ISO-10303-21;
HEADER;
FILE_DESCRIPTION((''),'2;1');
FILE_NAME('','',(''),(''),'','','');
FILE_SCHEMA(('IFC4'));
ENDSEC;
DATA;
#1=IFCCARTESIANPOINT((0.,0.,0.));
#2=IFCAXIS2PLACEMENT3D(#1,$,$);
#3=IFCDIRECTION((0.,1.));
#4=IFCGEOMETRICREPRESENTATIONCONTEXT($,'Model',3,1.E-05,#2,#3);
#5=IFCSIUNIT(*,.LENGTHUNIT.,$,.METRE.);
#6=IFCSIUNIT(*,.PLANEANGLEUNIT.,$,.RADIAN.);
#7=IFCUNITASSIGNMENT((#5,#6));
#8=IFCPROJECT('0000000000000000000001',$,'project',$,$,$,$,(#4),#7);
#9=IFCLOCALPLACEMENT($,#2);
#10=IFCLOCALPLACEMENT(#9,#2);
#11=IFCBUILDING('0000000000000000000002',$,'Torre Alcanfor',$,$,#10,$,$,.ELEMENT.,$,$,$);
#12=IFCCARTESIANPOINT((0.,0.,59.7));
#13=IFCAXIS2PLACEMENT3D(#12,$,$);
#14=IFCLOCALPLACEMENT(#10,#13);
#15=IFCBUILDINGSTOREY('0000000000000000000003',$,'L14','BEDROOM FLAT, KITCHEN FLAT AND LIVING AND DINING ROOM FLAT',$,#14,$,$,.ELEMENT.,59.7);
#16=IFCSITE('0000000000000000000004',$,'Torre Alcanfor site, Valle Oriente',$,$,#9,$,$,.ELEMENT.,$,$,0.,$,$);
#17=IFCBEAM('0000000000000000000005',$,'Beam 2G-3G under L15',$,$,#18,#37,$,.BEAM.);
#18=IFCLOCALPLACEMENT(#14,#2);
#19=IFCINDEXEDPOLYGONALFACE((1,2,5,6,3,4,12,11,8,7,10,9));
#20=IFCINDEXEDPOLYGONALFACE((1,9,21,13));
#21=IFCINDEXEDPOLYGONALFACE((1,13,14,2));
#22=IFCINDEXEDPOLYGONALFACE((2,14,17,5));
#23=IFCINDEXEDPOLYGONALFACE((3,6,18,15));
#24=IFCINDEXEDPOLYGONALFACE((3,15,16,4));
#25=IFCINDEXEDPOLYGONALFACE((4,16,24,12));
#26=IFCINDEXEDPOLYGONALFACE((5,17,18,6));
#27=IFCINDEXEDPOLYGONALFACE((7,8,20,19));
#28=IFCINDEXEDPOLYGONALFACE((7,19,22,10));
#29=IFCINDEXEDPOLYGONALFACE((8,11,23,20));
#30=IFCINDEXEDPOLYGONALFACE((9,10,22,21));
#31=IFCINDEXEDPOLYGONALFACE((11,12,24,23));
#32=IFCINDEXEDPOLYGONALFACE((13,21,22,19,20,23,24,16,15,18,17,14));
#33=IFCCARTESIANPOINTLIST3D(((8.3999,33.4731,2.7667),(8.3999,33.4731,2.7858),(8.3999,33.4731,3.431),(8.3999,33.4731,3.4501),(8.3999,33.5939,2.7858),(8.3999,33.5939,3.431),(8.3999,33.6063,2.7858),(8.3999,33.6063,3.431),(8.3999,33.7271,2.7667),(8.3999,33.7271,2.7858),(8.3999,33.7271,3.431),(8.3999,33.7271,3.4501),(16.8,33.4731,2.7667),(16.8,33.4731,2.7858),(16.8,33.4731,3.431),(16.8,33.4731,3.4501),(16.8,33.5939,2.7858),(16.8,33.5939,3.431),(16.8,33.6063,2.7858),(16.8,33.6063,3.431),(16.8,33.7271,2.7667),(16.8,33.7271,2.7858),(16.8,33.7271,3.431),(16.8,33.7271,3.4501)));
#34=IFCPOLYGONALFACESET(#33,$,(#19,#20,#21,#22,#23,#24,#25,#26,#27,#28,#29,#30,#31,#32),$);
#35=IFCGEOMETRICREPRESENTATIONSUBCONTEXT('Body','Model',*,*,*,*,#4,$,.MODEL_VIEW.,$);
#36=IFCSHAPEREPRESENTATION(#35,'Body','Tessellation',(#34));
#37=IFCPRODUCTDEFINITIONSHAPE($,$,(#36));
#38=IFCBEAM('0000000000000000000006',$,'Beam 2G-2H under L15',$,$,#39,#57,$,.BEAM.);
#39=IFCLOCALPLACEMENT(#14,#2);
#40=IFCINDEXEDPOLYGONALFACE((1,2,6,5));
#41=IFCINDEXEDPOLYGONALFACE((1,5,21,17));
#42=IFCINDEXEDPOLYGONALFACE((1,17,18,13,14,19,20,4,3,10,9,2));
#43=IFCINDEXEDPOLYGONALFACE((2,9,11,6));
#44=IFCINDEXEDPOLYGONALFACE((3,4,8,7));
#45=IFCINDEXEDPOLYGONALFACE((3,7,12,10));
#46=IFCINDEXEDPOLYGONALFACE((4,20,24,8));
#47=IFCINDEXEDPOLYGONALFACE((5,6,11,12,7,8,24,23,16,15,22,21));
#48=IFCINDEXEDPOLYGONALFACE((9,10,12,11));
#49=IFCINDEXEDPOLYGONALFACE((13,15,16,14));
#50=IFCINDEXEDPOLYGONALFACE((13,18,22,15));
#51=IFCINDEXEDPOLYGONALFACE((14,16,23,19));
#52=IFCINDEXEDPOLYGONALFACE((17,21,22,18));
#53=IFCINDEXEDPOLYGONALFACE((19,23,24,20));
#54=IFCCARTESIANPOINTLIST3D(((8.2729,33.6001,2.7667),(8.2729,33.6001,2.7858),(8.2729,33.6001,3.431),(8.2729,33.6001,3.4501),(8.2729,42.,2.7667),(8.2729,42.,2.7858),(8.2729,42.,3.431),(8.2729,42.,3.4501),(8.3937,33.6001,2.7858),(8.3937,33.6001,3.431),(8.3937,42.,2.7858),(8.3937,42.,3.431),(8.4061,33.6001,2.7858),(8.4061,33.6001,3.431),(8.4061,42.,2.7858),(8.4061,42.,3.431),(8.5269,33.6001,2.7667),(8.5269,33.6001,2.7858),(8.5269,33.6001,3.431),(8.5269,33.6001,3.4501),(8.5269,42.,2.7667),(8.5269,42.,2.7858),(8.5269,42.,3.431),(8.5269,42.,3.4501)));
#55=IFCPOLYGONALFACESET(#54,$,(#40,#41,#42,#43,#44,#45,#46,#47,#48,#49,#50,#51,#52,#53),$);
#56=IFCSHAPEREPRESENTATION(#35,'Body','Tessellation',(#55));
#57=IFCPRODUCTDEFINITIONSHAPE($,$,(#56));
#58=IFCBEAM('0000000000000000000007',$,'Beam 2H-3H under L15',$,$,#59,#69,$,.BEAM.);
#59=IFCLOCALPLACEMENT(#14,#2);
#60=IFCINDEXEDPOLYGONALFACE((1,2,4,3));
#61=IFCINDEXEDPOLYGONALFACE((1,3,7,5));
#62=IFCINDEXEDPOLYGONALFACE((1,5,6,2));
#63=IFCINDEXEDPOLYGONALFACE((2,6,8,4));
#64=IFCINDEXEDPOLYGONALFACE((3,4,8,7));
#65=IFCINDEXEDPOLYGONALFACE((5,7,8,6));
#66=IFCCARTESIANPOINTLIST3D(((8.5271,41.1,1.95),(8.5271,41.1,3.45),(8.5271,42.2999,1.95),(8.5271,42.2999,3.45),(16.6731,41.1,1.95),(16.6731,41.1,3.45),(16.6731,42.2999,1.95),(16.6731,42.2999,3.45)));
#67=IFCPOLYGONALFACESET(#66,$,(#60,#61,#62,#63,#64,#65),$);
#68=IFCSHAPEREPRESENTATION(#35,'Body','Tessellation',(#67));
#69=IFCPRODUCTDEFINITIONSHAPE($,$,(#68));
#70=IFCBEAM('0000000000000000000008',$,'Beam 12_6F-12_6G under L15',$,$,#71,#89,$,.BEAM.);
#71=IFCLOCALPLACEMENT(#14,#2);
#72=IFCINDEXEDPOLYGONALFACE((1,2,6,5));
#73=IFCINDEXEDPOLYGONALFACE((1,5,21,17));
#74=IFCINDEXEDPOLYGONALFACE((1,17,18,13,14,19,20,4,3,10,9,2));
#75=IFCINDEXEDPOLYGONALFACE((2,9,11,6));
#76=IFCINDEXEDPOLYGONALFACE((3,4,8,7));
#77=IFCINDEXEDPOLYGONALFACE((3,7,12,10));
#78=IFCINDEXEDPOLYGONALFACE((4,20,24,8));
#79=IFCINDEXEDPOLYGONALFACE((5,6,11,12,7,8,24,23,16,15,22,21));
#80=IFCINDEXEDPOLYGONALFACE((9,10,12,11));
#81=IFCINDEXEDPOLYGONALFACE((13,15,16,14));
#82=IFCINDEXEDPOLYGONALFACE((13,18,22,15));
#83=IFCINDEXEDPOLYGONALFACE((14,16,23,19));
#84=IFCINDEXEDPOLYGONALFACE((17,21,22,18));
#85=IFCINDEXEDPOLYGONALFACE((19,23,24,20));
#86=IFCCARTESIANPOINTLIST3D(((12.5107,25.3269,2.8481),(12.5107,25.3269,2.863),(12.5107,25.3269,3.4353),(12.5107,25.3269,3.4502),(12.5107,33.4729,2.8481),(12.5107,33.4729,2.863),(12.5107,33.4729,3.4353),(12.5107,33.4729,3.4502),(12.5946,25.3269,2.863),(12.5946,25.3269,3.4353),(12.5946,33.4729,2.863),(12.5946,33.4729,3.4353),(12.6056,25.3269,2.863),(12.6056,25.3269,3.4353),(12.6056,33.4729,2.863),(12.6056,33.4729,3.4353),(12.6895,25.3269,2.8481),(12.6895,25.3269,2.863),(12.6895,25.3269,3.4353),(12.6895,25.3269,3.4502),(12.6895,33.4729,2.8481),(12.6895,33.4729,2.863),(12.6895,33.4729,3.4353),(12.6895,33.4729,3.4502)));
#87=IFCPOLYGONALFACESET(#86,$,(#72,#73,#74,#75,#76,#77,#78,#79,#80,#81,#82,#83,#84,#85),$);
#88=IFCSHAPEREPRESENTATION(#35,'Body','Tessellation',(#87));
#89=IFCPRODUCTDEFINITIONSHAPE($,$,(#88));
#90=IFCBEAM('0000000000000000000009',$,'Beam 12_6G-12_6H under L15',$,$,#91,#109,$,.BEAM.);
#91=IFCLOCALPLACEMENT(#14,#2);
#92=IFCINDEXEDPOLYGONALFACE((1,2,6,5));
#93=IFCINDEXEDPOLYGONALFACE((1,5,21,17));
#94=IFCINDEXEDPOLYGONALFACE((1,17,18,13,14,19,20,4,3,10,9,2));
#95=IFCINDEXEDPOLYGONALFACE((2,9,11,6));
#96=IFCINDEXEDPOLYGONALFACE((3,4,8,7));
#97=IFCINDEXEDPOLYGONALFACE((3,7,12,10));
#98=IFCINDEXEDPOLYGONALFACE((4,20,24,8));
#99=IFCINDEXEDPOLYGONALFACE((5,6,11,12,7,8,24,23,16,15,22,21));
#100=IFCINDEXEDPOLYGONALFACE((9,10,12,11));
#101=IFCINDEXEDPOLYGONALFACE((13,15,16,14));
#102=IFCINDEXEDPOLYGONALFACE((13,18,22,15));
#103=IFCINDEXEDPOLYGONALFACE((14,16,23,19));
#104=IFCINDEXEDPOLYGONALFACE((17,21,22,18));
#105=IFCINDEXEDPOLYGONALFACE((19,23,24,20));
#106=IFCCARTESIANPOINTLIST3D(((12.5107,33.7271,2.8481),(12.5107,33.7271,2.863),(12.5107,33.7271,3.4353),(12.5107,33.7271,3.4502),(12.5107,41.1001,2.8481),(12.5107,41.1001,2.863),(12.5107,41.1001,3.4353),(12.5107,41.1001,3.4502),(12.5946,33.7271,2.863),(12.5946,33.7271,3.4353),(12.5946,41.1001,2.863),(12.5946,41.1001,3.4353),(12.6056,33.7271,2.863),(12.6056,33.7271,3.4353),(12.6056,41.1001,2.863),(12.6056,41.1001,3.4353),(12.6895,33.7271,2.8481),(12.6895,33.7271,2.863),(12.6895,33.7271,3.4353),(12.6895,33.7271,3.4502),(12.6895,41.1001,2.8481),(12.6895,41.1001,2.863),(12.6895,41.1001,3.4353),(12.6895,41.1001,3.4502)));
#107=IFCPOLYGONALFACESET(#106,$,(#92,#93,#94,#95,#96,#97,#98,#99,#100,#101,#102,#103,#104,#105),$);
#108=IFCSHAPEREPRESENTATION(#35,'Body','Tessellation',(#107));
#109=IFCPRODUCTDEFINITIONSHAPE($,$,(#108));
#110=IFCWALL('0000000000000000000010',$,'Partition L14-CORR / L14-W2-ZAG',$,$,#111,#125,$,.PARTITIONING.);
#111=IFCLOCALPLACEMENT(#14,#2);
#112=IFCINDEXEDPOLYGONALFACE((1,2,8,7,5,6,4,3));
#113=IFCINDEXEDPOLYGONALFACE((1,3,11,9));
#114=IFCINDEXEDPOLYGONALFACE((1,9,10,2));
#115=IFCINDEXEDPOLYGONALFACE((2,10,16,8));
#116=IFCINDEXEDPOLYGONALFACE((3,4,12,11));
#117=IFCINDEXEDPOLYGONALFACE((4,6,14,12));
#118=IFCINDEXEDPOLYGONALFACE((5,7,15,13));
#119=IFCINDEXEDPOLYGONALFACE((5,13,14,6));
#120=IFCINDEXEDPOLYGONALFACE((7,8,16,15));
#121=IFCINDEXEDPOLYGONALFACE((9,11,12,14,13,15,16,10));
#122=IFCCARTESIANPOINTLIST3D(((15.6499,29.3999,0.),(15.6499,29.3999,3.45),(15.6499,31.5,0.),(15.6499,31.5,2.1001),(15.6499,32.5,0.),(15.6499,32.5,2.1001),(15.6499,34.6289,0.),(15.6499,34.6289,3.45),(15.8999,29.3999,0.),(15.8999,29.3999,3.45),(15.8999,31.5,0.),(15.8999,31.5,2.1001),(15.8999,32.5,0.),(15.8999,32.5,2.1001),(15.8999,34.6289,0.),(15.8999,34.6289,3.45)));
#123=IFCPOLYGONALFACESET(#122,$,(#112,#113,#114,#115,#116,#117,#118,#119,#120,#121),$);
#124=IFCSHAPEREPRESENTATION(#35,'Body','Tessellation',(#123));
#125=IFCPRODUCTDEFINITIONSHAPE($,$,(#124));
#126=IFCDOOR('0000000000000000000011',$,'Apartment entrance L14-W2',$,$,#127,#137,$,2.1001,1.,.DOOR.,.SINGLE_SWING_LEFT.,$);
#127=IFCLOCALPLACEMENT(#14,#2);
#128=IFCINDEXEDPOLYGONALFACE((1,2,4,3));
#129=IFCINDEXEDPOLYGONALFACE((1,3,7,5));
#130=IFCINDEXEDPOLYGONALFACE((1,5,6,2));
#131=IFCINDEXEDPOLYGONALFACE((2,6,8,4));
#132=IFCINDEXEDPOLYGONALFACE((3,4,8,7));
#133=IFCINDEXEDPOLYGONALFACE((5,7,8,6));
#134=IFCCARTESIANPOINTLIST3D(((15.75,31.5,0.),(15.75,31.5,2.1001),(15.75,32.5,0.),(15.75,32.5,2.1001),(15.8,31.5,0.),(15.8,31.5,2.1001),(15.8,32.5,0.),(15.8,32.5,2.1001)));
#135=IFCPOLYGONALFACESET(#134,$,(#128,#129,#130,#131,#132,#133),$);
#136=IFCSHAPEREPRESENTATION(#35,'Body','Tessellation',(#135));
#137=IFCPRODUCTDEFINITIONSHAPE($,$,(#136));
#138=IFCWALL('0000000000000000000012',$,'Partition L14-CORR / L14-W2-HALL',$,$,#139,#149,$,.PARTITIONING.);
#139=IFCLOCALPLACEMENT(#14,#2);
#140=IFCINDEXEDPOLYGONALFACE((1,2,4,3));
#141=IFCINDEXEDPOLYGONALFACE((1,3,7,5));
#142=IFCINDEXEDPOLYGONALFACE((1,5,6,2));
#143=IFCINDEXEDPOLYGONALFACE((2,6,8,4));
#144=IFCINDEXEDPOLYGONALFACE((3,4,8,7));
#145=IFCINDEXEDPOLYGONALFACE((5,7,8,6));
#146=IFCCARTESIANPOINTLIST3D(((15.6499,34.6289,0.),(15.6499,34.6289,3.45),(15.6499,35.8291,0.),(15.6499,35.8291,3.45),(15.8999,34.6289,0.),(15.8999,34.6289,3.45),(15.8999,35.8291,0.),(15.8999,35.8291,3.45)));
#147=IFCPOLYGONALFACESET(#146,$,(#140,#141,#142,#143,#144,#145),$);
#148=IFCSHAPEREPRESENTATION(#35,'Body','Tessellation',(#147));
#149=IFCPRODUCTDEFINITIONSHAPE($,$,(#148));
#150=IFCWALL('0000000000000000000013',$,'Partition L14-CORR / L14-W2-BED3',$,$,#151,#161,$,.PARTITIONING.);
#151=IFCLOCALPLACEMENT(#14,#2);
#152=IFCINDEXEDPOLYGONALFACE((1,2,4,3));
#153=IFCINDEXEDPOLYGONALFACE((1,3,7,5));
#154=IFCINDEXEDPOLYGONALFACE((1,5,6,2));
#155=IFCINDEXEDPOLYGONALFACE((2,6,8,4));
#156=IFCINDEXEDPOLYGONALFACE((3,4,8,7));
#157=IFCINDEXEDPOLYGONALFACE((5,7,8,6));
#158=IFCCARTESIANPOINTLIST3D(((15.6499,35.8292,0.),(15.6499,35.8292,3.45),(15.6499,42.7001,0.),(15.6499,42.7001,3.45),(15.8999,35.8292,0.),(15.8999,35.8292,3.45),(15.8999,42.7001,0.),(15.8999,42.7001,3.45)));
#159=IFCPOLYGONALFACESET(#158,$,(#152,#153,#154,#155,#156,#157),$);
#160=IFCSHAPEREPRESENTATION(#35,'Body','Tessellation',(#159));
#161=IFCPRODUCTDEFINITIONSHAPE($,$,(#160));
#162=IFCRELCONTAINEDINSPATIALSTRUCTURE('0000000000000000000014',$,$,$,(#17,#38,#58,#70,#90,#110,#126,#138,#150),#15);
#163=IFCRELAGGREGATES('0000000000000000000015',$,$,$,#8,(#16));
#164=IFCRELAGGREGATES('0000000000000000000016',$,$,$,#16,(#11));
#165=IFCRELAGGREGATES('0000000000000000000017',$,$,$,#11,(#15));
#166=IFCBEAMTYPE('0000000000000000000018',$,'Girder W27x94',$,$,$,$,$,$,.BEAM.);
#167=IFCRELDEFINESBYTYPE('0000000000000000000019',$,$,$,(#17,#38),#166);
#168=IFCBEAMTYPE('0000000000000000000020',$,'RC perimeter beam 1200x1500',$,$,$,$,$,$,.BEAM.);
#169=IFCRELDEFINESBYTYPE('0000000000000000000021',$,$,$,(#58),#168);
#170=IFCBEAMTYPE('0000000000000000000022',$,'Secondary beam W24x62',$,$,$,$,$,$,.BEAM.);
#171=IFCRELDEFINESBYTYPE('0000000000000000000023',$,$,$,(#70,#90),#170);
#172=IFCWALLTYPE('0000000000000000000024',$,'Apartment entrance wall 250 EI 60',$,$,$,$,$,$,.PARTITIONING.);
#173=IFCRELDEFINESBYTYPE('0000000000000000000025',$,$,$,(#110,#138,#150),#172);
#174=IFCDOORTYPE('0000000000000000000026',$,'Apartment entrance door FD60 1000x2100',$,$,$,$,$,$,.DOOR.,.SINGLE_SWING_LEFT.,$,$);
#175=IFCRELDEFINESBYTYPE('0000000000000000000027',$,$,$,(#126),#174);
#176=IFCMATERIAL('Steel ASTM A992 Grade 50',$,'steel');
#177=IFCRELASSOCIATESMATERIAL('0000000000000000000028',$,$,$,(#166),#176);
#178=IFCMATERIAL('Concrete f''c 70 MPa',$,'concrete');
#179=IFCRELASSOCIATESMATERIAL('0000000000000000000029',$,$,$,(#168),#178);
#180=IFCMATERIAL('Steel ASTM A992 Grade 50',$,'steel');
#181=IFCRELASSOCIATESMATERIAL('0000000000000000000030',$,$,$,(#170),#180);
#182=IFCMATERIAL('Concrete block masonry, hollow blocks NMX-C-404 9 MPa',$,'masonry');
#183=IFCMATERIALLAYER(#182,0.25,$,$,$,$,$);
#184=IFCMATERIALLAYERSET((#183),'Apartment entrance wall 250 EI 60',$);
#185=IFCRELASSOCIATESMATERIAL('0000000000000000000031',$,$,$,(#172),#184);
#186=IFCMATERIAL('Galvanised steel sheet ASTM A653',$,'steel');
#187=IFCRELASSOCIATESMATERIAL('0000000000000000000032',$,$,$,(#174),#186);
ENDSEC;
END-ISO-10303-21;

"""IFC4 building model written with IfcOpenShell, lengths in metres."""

from ifc_helpers import new_model, si_unit, direction, frame, frame_2d, origin, origin_2d, place, context, subcontext, project, spatial, rectangle, i_section, extrude, material, layer, layer_set, material_profile, profile_set, type_object, element, fill, save


model = new_model("IFC4")

# Units and contexts
model_context = context("Model", 3, precision=1e-05, world=origin(), true_north=direction((0.0, 1.0)))
body_context = subcontext(model_context, "Body", "Model", "MODEL_VIEW")
ifc_project = project(units=[si_unit("LENGTHUNIT", "METRE"), si_unit("PLANEANGLEUNIT", "RADIAN")], contexts=[model_context])

# Site, building, storey
site_placement = place(None, origin())
site = spatial("IfcSite", under=ifc_project, at=site_placement, Name="Torre Alcanfor site, Valle Oriente", CompositionType="ELEMENT", RefElevation=0.0)
building_placement = place(site_placement, origin())
building = spatial("IfcBuilding", under=site, at=building_placement, Name="Torre Alcanfor", CompositionType="ELEMENT")
storey_placement = place(building_placement, frame((0.0, 0.0, 59.7)))
storey = spatial("IfcBuildingStorey", under=building, at=storey_placement, Name="L14", Description="BEDROOM FLAT, KITCHEN FLAT AND LIVING AND DINING ROOM FLAT", CompositionType="ELEMENT", Elevation=59.7)

# Beams
ifc_material_1 = material(Name="Steel ASTM A992 Grade 50", Category="steel")
ifc_material_profile_1 = material_profile(ifc_material_1, i_section(OverallWidth=0.2539, OverallDepth=0.6833, WebThickness=0.0125, FlangeThickness=0.019, at=origin_2d()), Name="W27x94")
ifc_profile_set_1 = profile_set([ifc_material_profile_1], Name="Steel ASTM A992 Grade 50")
beam_type_1 = type_object("IfcBeamType", Name="Girder W27x94", PredefinedType="BEAM", material=ifc_profile_set_1)
beam_1_placement = place(storey_placement, frame((8.3999, 33.6001, 3.1084), z_axis=(1.0, 0.0, 0.0), x_axis=(0.0, 1.0, 0.0)))
element("IfcBeam", 1, at=beam_1_placement, inside=storey, type_object=beam_type_1, Name="Beam 2G-3G under L15", PredefinedType="BEAM", context=body_context, shape_type="SweptSolid", body=[
    extrude(i_section(OverallWidth=0.2539, OverallDepth=0.6833, WebThickness=0.0125, FlangeThickness=0.019, at=origin_2d()), origin(), (0.0, 0.0, 1.0), 8.4001),
])
beam_2_placement = place(storey_placement, frame((8.3999, 33.6001, 3.1084), z_axis=(0.0, 1.0, 0.0), x_axis=(-1.0, 0.0, 0.0)))
element("IfcBeam", 2, at=beam_2_placement, inside=storey, type_object=beam_type_1, Name="Beam 2G-2H under L15", PredefinedType="BEAM", context=body_context, shape_type="SweptSolid", body=[
    extrude(i_section(OverallWidth=0.2539, OverallDepth=0.6833, WebThickness=0.0125, FlangeThickness=0.019, at=origin_2d()), origin(), (0.0, 0.0, 1.0), 8.3999),
])
ifc_material_2 = material(Name="Concrete f'c 70 MPa", Category="concrete")
ifc_material_profile_2 = material_profile(ifc_material_2, rectangle(XDim=1.2, YDim=1.5, at=origin_2d()), Name="1200x1500")
ifc_profile_set_2 = profile_set([ifc_material_profile_2], Name="Concrete f'c 70 MPa")
beam_type_2 = type_object("IfcBeamType", Name="RC perimeter beam 1200x1500", PredefinedType="BEAM", material=ifc_profile_set_2)
beam_3_placement = place(storey_placement, frame((8.5271, 41.7, 2.7), z_axis=(1.0, 0.0, 0.0), x_axis=(0.0, 1.0, 0.0)))
element("IfcBeam", 3, at=beam_3_placement, inside=storey, type_object=beam_type_2, Name="Beam 2H-3H under L15", PredefinedType="BEAM", context=body_context, shape_type="SweptSolid", body=[
    extrude(rectangle(XDim=1.2, YDim=1.5, at=origin_2d()), origin(), (0.0, 0.0, 1.0), 8.146),
])
ifc_material_3 = material(Name="Steel ASTM A992 Grade 50", Category="steel")
ifc_material_profile_3 = material_profile(ifc_material_3, i_section(OverallWidth=0.1787, OverallDepth=0.6021, WebThickness=0.011, FlangeThickness=0.0149, at=origin_2d()), Name="W24x62")
ifc_profile_set_3 = profile_set([ifc_material_profile_3], Name="Steel ASTM A992 Grade 50")
beam_type_3 = type_object("IfcBeamType", Name="Secondary beam W24x62", PredefinedType="BEAM", material=ifc_profile_set_3)
beam_4_placement = place(storey_placement, frame((12.6001, 25.3269, 3.1492), z_axis=(0.0, 1.0, 0.0), x_axis=(-1.0, 0.0, 0.0)))
element("IfcBeam", 4, at=beam_4_placement, inside=storey, type_object=beam_type_3, Name="Beam 12_6F-12_6G under L15", PredefinedType="BEAM", context=body_context, shape_type="SweptSolid", body=[
    extrude(i_section(OverallWidth=0.1787, OverallDepth=0.6021, WebThickness=0.011, FlangeThickness=0.0149, at=origin_2d()), origin(), (0.0, 0.0, 1.0), 8.146),
])
beam_5_placement = place(storey_placement, frame((12.6001, 33.7271, 3.1492), z_axis=(0.0, 1.0, 0.0), x_axis=(-1.0, 0.0, 0.0)))
element("IfcBeam", 5, at=beam_5_placement, inside=storey, type_object=beam_type_3, Name="Beam 12_6G-12_6H under L15", PredefinedType="BEAM", context=body_context, shape_type="SweptSolid", body=[
    extrude(i_section(OverallWidth=0.1787, OverallDepth=0.6021, WebThickness=0.011, FlangeThickness=0.0149, at=origin_2d()), origin(), (0.0, 0.0, 1.0), 7.373),
])

# Wall, opening, door
ifc_material_4 = material(Name="Concrete block masonry, hollow blocks NMX-C-404 9 MPa", Category="masonry")
ifc_layer_1 = layer(ifc_material_4, 0.25)
ifc_layer_set_1 = layer_set([ifc_layer_1], Name="Apartment entrance wall 250 EI 60")
wall_type_1 = type_object("IfcWallType", Name="Apartment entrance wall 250 EI 60", PredefinedType="PARTITIONING", material=ifc_layer_set_1)
wall_1_placement = place(storey_placement, frame((15.7749, 29.3999, 0.0), z_axis=(0.0, 0.0, 1.0), x_axis=(0.0, 1.0, 0.0)))
wall_1 = element("IfcWall", 6, at=wall_1_placement, inside=storey, type_object=wall_type_1, Name="Partition L14-CORR / L14-W2-ZAG", PredefinedType="PARTITIONING", context=body_context, shape_type="SweptSolid", body=[
    extrude(rectangle(XDim=5.229, YDim=0.25, at=frame_2d((2.6145, 0.0))), origin(), (0.0, 0.0, 1.0), 3.45),
])
opening_1_placement = place(wall_1_placement, frame((2.1001, 0.0, 0.0)))
opening_1 = element("IfcOpeningElement", 7, at=opening_1_placement, cuts=wall_1, PredefinedType="OPENING", context=body_context, shape_type="SweptSolid", body=[
    extrude(rectangle(XDim=1.0, YDim=2.1001, at=frame_2d((0.5, 1.05))), frame((0.0, 0.135, 0.0), z_axis=(0.0, -1.0, 0.0), x_axis=(1.0, 0.0, 0.0)), (0.0, 0.0, 1.0), 0.27),
])
ifc_material_5 = material(Name="Galvanised steel sheet ASTM A653", Category="steel")
door_type_1 = type_object("IfcDoorType", Name="Apartment entrance door FD60 1000x2100", OperationType="SINGLE_SWING_LEFT", PredefinedType="DOOR", material=ifc_material_5)
door_1_placement = place(opening_1_placement, origin())
door_1 = element("IfcDoor", 8, at=door_1_placement, inside=storey, type_object=door_type_1, Name="Apartment entrance L14-W2", OperationType="SINGLE_SWING_LEFT", OverallHeight=2.1001, OverallWidth=1.0, PredefinedType="DOOR", context=body_context, shape_type="SweptSolid", body=[
    extrude(rectangle(XDim=1.0, YDim=2.1001, at=frame_2d((0.5, 1.05))), frame((0.0, 0.0249, 0.0), z_axis=(0.0, -1.0, 0.0), x_axis=(1.0, 0.0, 0.0)), (0.0, 0.0, 1.0), 0.05),
])
fill(opening_1, door_1)

# Walls
wall_2_placement = place(storey_placement, frame((15.7749, 34.6289, 0.0), z_axis=(0.0, 0.0, 1.0), x_axis=(0.0, 1.0, 0.0)))
element("IfcWall", 9, at=wall_2_placement, inside=storey, type_object=wall_type_1, Name="Partition L14-CORR / L14-W2-HALL", PredefinedType="PARTITIONING", context=body_context, shape_type="SweptSolid", body=[
    extrude(rectangle(XDim=1.2002, YDim=0.25, at=frame_2d((0.6001, 0.0))), origin(), (0.0, 0.0, 1.0), 3.45),
])
wall_3_placement = place(storey_placement, frame((15.7749, 35.8291, 0.0), z_axis=(0.0, 0.0, 1.0), x_axis=(0.0, 1.0, 0.0)))
element("IfcWall", 10, at=wall_3_placement, inside=storey, type_object=wall_type_1, Name="Partition L14-CORR / L14-W2-BED3", PredefinedType="PARTITIONING", context=body_context, shape_type="SweptSolid", body=[
    extrude(rectangle(XDim=6.8708, YDim=0.25, at=frame_2d((3.4355, 0.0))), origin(), (0.0, 0.0, 1.0), 3.45),
])

save(model, "model.ifc")
